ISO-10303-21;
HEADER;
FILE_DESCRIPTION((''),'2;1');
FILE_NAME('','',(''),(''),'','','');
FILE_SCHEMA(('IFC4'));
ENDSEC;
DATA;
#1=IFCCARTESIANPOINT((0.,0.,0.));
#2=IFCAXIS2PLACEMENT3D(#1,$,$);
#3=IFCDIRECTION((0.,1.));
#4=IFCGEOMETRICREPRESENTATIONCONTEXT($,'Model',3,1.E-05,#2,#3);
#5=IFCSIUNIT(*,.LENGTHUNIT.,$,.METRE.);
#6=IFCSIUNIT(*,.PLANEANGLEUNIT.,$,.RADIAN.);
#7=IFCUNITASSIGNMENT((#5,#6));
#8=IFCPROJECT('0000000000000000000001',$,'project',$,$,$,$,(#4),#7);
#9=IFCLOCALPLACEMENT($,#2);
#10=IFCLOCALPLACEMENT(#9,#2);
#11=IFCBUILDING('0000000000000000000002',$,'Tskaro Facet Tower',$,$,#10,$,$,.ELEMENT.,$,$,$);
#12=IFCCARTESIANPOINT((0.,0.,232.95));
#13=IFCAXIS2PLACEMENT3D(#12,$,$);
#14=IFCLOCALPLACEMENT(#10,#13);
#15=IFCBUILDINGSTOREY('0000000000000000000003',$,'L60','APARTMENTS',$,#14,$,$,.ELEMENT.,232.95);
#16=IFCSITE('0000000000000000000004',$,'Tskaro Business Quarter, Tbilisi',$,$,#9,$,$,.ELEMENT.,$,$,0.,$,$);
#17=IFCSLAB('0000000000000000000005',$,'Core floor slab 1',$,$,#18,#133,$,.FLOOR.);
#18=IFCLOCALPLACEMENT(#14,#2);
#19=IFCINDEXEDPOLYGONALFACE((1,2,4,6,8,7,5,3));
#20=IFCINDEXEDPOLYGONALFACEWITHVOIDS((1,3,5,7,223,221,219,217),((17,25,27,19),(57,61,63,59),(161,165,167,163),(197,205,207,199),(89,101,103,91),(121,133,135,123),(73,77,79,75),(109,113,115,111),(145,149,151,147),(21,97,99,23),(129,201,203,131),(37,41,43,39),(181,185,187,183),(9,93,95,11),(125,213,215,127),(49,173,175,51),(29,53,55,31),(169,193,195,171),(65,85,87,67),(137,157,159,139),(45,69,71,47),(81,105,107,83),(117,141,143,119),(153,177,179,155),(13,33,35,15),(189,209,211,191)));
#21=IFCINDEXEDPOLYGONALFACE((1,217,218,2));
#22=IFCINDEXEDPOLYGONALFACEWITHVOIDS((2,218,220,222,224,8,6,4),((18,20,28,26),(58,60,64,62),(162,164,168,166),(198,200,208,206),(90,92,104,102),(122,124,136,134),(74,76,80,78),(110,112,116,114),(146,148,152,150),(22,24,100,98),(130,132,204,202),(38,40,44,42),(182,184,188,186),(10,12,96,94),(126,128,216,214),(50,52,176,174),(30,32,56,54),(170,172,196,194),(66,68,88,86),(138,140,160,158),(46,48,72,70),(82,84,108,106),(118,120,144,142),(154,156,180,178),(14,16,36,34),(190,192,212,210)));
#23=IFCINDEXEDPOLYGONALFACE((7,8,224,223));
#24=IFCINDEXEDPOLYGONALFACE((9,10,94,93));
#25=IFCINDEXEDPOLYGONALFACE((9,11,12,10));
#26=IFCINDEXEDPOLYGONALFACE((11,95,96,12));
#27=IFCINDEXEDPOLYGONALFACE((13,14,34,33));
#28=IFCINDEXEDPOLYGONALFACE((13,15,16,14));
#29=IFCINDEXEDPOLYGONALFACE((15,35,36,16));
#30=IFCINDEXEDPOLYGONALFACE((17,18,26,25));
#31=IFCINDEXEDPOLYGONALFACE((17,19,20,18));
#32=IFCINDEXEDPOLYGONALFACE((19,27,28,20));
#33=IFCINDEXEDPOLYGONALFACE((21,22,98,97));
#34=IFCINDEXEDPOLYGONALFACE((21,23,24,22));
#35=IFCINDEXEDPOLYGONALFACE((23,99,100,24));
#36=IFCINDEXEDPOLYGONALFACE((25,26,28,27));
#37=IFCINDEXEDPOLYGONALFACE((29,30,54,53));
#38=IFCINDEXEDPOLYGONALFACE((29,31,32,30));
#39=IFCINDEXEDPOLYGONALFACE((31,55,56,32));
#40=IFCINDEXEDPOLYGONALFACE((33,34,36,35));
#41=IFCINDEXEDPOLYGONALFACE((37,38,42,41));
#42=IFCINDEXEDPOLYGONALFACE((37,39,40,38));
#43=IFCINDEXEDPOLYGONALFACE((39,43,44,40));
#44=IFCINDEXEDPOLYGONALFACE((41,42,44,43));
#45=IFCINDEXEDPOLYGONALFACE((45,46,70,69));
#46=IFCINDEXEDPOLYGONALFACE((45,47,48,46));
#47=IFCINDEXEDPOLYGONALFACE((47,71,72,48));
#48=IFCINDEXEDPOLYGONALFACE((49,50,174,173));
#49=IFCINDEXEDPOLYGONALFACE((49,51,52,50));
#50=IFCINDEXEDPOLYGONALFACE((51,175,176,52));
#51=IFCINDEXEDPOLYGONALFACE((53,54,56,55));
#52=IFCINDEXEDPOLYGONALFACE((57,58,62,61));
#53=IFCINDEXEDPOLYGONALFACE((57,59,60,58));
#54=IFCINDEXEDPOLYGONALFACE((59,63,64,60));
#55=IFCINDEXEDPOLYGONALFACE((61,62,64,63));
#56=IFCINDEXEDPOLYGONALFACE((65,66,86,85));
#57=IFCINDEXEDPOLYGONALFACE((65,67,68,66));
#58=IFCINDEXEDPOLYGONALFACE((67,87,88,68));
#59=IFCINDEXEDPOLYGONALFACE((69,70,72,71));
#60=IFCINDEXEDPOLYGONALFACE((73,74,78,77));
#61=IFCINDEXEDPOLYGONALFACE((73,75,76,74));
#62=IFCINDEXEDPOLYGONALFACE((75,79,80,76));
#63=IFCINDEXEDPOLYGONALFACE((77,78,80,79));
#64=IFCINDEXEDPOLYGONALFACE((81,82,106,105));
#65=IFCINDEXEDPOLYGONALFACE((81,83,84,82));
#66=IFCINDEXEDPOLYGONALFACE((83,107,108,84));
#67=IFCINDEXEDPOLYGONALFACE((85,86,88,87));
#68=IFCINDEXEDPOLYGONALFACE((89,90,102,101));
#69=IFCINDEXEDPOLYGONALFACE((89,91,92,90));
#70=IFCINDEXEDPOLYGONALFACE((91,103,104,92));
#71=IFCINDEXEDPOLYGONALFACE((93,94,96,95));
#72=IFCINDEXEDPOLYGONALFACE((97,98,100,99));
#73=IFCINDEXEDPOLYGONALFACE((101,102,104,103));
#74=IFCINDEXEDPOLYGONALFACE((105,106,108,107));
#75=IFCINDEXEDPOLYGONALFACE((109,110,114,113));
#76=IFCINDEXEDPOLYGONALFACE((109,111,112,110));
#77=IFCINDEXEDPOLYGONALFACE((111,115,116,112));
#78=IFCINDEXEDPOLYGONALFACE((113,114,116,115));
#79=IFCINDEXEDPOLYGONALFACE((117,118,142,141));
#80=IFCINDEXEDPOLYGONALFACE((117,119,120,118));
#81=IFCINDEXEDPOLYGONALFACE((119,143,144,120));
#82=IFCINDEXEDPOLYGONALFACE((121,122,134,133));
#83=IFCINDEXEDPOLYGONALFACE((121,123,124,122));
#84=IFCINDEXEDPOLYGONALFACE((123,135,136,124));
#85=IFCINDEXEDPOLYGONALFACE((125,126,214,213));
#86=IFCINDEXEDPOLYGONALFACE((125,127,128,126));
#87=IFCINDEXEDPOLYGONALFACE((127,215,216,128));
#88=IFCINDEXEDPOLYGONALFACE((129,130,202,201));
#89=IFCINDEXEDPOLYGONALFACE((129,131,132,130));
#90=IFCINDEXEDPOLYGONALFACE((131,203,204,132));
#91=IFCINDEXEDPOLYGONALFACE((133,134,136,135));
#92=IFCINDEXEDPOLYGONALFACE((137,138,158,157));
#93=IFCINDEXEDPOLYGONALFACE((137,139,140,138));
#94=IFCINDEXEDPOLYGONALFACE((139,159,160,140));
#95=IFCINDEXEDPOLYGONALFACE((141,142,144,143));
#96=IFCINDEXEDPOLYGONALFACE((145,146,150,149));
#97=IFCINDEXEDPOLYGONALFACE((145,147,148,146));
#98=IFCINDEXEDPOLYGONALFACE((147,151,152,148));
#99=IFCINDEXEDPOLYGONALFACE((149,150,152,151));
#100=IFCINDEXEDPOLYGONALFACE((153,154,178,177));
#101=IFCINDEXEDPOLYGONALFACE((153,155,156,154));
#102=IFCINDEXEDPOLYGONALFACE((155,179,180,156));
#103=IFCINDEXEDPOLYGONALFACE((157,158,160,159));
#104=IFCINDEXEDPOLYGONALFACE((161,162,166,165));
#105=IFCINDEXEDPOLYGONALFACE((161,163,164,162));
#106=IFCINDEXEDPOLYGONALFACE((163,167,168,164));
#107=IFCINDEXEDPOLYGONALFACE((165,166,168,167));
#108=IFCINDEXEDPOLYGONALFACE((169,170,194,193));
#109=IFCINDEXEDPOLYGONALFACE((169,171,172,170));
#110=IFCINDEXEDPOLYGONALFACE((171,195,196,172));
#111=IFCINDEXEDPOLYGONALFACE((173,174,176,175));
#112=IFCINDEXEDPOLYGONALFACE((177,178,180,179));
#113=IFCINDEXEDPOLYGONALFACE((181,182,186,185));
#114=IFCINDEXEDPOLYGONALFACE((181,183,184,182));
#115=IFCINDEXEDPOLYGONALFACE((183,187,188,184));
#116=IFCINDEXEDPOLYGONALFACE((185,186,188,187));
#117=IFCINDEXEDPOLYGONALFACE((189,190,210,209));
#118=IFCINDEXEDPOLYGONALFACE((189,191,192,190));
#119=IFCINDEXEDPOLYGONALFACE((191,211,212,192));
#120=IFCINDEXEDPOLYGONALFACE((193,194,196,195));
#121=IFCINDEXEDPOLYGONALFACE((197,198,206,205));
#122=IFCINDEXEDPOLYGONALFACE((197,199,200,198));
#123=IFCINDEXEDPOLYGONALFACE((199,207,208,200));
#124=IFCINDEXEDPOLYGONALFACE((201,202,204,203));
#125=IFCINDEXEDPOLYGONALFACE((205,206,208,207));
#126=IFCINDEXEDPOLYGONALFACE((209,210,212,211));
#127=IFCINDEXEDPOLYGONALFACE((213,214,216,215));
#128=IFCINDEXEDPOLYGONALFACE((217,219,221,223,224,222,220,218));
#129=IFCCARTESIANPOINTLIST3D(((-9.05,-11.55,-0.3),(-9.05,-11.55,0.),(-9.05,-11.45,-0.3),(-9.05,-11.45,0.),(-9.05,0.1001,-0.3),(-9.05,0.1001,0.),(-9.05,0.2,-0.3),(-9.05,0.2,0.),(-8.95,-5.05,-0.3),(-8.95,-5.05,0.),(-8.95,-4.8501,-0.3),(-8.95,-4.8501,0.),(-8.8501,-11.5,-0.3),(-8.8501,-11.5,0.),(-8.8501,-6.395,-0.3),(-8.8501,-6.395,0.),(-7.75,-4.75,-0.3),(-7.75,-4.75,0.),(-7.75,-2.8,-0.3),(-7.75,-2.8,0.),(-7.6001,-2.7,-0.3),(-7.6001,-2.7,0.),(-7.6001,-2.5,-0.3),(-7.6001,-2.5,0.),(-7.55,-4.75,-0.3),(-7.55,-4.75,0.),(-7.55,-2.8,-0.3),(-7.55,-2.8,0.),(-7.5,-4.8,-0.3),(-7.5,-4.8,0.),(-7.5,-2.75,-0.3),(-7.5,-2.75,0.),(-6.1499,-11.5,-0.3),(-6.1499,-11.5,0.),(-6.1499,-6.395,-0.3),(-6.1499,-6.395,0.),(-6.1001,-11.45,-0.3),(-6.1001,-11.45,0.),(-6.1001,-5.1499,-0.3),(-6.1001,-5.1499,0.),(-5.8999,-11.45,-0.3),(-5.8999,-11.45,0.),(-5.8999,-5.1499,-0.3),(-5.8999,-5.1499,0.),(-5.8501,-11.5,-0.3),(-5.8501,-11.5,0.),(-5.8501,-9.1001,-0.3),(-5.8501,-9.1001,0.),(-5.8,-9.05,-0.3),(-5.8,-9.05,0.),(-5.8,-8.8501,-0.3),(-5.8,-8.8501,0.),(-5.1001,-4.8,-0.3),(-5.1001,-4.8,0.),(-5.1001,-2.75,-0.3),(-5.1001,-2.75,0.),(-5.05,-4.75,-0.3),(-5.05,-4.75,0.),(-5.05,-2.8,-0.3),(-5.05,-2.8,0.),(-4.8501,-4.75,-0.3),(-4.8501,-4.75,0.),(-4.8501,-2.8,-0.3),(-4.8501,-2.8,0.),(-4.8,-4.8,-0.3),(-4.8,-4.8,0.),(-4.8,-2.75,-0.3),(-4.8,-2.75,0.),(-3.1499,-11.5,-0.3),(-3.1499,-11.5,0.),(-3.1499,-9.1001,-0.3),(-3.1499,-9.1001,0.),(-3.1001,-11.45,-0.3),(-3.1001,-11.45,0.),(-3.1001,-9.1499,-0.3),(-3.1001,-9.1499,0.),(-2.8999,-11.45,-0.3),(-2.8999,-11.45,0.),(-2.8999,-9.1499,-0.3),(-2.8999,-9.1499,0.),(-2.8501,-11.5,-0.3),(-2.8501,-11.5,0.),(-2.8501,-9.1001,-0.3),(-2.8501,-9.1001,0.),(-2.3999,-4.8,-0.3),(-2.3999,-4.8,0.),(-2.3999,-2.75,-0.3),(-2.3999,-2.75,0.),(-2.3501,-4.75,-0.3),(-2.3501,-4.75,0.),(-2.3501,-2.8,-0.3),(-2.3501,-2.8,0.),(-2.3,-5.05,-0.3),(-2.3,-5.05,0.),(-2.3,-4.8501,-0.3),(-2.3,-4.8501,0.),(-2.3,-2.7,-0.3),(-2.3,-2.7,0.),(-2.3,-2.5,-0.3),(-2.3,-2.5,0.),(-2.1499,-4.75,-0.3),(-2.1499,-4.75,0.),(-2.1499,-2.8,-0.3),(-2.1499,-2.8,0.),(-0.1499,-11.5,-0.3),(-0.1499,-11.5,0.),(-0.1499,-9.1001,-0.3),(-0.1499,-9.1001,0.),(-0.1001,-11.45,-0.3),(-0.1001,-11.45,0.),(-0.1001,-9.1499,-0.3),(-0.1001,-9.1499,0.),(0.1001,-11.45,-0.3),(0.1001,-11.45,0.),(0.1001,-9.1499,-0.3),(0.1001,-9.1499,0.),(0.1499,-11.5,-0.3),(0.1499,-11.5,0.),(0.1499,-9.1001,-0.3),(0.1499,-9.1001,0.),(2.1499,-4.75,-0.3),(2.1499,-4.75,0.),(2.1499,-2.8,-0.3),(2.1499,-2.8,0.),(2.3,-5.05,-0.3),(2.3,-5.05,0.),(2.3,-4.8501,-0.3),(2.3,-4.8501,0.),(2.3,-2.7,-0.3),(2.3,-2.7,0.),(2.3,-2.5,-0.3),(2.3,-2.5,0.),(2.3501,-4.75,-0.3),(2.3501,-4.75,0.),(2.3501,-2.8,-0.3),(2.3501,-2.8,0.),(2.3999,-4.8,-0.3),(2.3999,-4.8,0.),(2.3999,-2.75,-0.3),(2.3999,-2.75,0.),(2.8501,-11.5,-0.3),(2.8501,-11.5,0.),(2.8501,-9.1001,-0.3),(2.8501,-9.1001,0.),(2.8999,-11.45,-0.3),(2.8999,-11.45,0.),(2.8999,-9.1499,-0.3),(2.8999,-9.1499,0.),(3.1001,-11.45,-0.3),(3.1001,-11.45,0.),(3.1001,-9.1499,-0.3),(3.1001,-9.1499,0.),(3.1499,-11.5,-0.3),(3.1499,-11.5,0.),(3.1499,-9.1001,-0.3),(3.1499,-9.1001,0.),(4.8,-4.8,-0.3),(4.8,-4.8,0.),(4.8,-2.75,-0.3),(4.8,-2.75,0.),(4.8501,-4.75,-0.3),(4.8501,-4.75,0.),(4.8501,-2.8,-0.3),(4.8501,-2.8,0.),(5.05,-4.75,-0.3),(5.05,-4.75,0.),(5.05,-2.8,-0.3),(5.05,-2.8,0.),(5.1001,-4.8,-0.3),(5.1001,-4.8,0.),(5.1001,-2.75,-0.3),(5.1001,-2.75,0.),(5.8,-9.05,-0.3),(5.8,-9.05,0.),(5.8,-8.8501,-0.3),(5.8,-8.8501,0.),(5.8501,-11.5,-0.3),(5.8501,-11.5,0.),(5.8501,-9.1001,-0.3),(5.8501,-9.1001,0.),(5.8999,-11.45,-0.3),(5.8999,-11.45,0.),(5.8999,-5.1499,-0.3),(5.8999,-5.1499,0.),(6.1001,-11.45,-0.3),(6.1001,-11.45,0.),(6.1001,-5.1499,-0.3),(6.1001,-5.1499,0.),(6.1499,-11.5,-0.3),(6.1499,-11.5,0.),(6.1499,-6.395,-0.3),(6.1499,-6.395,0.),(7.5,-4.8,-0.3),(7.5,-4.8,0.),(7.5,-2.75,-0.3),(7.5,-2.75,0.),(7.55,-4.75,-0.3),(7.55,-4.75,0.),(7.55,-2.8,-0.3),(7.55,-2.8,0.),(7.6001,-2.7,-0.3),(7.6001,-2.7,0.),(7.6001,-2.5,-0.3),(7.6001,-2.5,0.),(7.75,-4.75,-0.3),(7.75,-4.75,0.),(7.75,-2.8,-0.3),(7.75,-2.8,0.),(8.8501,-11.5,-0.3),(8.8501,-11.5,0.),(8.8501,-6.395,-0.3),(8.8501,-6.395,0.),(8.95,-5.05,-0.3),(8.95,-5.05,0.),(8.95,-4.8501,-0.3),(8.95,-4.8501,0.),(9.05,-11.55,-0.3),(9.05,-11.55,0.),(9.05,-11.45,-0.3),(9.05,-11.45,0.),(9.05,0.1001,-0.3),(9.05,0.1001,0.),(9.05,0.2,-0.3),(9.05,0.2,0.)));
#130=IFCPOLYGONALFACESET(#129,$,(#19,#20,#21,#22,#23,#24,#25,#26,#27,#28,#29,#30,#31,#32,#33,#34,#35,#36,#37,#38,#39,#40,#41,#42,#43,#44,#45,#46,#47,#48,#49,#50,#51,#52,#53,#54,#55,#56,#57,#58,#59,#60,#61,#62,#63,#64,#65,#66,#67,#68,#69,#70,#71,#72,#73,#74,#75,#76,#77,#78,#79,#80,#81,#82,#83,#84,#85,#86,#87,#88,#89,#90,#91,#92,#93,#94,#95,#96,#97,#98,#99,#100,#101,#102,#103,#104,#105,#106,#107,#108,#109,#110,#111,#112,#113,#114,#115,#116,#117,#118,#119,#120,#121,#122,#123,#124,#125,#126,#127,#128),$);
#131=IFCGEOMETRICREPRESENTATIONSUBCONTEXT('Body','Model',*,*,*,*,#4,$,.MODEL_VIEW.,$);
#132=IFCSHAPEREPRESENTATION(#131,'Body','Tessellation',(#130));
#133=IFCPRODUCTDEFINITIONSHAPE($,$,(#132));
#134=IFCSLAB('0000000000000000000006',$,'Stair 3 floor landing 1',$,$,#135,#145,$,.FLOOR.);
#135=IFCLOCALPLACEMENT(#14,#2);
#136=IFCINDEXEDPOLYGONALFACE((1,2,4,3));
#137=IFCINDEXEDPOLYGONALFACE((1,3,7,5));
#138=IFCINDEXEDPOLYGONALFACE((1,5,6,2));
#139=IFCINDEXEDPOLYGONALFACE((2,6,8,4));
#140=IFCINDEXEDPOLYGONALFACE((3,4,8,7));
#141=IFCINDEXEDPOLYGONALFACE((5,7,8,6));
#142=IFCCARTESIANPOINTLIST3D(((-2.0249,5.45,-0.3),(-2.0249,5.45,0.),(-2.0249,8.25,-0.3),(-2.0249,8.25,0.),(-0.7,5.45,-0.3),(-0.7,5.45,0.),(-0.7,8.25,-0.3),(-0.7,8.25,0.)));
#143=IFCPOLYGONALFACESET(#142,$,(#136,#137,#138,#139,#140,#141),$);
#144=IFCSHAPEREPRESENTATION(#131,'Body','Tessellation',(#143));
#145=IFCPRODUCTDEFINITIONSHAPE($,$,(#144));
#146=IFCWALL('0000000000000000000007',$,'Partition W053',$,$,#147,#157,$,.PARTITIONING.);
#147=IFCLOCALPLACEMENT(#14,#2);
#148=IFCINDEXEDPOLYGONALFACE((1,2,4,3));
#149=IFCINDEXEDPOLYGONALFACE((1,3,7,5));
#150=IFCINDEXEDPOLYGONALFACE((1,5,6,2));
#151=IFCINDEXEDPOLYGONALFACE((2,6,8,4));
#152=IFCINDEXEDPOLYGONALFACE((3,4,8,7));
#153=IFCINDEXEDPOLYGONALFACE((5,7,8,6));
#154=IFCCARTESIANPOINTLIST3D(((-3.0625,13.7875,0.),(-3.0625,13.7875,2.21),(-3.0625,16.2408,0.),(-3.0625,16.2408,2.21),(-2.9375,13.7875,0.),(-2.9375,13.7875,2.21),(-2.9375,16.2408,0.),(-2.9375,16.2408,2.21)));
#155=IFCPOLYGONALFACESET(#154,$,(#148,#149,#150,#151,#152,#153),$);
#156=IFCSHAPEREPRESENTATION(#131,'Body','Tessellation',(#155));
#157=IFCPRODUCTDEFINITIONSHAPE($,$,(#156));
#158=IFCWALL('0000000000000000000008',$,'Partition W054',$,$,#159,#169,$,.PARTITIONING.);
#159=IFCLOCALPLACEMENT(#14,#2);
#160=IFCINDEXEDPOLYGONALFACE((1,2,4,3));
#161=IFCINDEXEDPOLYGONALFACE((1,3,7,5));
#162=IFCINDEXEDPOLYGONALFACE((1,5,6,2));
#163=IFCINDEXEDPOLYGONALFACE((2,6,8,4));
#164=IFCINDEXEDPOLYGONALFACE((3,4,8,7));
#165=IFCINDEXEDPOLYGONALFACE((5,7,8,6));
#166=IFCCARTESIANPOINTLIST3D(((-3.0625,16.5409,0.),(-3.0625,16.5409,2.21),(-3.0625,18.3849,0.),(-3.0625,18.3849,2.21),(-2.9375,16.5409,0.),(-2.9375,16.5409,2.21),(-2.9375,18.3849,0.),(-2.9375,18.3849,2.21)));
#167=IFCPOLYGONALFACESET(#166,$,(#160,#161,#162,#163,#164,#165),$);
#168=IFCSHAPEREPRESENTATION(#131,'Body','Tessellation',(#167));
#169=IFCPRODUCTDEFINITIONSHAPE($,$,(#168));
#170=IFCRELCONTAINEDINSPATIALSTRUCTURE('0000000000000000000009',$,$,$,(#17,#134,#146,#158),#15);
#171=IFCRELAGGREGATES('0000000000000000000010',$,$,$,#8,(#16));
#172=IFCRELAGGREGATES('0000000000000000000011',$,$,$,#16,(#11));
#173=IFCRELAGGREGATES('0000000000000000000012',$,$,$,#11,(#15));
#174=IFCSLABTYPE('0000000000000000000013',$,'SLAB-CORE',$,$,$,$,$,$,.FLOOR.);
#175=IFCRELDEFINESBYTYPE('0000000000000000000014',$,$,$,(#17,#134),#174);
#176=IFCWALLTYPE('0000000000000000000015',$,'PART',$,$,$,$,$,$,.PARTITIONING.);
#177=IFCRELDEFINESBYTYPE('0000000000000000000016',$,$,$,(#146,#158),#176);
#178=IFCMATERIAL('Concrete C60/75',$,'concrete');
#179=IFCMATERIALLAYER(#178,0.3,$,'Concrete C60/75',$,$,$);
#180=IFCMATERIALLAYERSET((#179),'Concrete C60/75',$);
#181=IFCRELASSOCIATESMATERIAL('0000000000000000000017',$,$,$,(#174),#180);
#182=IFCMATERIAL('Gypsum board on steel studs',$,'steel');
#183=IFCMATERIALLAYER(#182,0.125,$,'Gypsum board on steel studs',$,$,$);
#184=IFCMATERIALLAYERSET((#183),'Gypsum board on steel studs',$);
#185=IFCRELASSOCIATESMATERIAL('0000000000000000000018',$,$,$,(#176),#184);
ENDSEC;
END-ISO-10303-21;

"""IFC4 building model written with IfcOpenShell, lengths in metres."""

from ifc_helpers import new_model, si_unit, direction, frame, frame_2d, origin, place, context, subcontext, project, spatial, polyline, rectangle, outline, extrude, material, layer, layer_set, type_object, element, save


model = new_model("IFC4")

# Units and contexts
model_context = context("Model", 3, precision=1e-05, world=origin(), true_north=direction((0.0, 1.0)))
body_context = subcontext(model_context, "Body", "Model", "MODEL_VIEW")
ifc_project = project(units=[si_unit("LENGTHUNIT", "METRE"), si_unit("PLANEANGLEUNIT", "RADIAN")], contexts=[model_context])

# Site, building, storey
site_placement = place(None, origin())
site = spatial("IfcSite", under=ifc_project, at=site_placement, Name="Tskaro Business Quarter, Tbilisi", CompositionType="ELEMENT", RefElevation=0.0)
building_placement = place(site_placement, origin())
building = spatial("IfcBuilding", under=site, at=building_placement, Name="Tskaro Facet Tower", CompositionType="ELEMENT")
storey_placement = place(building_placement, frame((0.0, 0.0, 232.95)))
storey = spatial("IfcBuildingStorey", under=building, at=storey_placement, Name="L60", Description="APARTMENTS", CompositionType="ELEMENT", Elevation=232.95)

# Slabs
ifc_material_1 = material(Name="Concrete C60/75", Category="concrete")
ifc_layer_1 = layer(ifc_material_1, 0.3, Name="Concrete C60/75")
ifc_layer_set_1 = layer_set([ifc_layer_1], Name="Concrete C60/75")
slab_type_1 = type_object("IfcSlabType", Name="SLAB-CORE", PredefinedType="FLOOR", material=ifc_layer_set_1)
slab_1_placement = place(storey_placement, frame((0.0, 0.0, -0.3)))
element("IfcSlab", 1, at=slab_1_placement, inside=storey, type_object=slab_type_1, Name="Core floor slab 1", PredefinedType="FLOOR", context=body_context, shape_type="SweptSolid", body=[
    extrude(outline(polyline([(-9.05, 0.2), (9.05, 0.2), (9.05, 0.1001), (9.05, -11.45), (9.05, -11.55), (-9.05, -11.55), (-9.05, -11.45), (-9.05, 0.1001), (-9.05, 0.2)]), holes=[polyline([(-5.8501, -9.1001), (-5.8501, -11.5), (-3.1499, -11.5), (-3.1499, -9.1001), (-5.8501, -9.1001)]), polyline([(-3.1001, -11.45), (-2.8999, -11.45), (-2.8999, -9.1499), (-3.1001, -9.1499), (-3.1001, -11.45)]), polyline([(-2.8501, -9.1001), (-2.8501, -11.5), (-0.1499, -11.5), (-0.1499, -9.1001), (-2.8501, -9.1001)]), polyline([(-6.1001, -11.45), (-5.8999, -11.45), (-5.8999, -5.1499), (-6.1001, -5.1499), (-6.1001, -11.45)]), polyline([(-8.95, -5.05), (-2.3, -5.05), (-2.3, -4.8501), (-8.95, -4.8501), (-8.95, -5.05)]), polyline([(-7.75, -4.75), (-7.55, -4.75), (-7.55, -2.8), (-7.75, -2.8), (-7.75, -4.75)]), polyline([(-7.5, -2.75), (-7.5, -4.8), (-5.1001, -4.8), (-5.1001, -2.75), (-7.5, -2.75)]), polyline([(-5.05, -4.75), (-4.8501, -4.75), (-4.8501, -2.8), (-5.05, -2.8), (-5.05, -4.75)]), polyline([(-2.3999, -2.75), (-4.8, -2.75), (-4.8, -4.8), (-2.3999, -4.8), (-2.3999, -2.75)]), polyline([(-2.3501, -4.75), (-2.1499, -4.75), (-2.1499, -2.8), (-2.3501, -2.8), (-2.3501, -4.75)]), polyline([(-7.6001, -2.7), (-2.3, -2.7), (-2.3, -2.5), (-7.6001, -2.5), (-7.6001, -2.7)]), polyline([(-0.1001, -11.45), (0.1001, -11.45), (0.1001, -9.1499), (-0.1001, -9.1499), (-0.1001, -11.45)]), polyline([(0.1499, -9.1001), (0.1499, -11.5), (2.8501, -11.5), (2.8501, -9.1001), (0.1499, -9.1001)]), polyline([(2.8999, -11.45), (3.1001, -11.45), (3.1001, -9.1499), (2.8999, -9.1499), (2.8999, -11.45)]), polyline([(3.1499, -9.1001), (3.1499, -11.5), (5.8501, -11.5), (5.8501, -9.1001), (3.1499, -9.1001)]), polyline([(-5.8, -9.05), (5.8, -9.05), (5.8, -8.8501), (-5.8, -8.8501), (-5.8, -9.05)]), polyline([(5.8999, -11.45), (6.1001, -11.45), (6.1001, -5.1499), (5.8999, -5.1499), (5.8999, -11.45)]), polyline([(2.3, -5.05), (8.95, -5.05), (8.95, -4.8501), (2.3, -4.8501), (2.3, -5.05)]), polyline([(2.1499, -4.75), (2.3501, -4.75), (2.3501, -2.8), (2.1499, -2.8), (2.1499, -4.75)]), polyline([(2.3999, -4.8), (4.8, -4.8), (4.8, -2.75), (2.3999, -2.75), (2.3999, -4.8)]), polyline([(4.8501, -4.75), (5.05, -4.75), (5.05, -2.8), (4.8501, -2.8), (4.8501, -4.75)]), polyline([(5.1001, -4.8), (7.5, -4.8), (7.5, -2.75), (5.1001, -2.75), (5.1001, -4.8)]), polyline([(7.55, -4.75), (7.75, -4.75), (7.75, -2.8), (7.55, -2.8), (7.55, -4.75)]), polyline([(2.3, -2.7), (7.6001, -2.7), (7.6001, -2.5), (2.3, -2.5), (2.3, -2.7)]), polyline([(-8.8501, -11.5), (-6.1499, -11.5), (-6.1499, -6.395), (-8.8501, -6.395), (-8.8501, -11.5)]), polyline([(6.1499, -6.395), (6.1499, -11.5), (8.8501, -11.5), (8.8501, -6.395), (6.1499, -6.395)])]), origin(), (0.0, 0.0, 1.0), 0.3),
])
slab_2_placement = place(storey_placement, frame((0.0, 0.0, -0.3)))
element("IfcSlab", 2, at=slab_2_placement, inside=storey, type_object=slab_type_1, Name="Stair 3 floor landing 1", PredefinedType="FLOOR", context=body_context, shape_type="SweptSolid", body=[
    extrude(outline(polyline([(-2.0249, 5.45), (-0.7, 5.45), (-0.7, 8.25), (-2.0249, 8.25), (-2.0249, 5.45)])), origin(), (0.0, 0.0, 1.0), 0.3),
])

# Walls
ifc_material_2 = material(Name="Gypsum board on steel studs", Category="steel")
ifc_layer_2 = layer(ifc_material_2, 0.125, Name="Gypsum board on steel studs")
ifc_layer_set_2 = layer_set([ifc_layer_2], Name="Gypsum board on steel studs")
wall_type_1 = type_object("IfcWallType", Name="PART", PredefinedType="PARTITIONING", material=ifc_layer_set_2)
wall_1_placement = place(storey_placement, frame((-3.0, 13.7876, 0.0), z_axis=(0.0, 0.0, 1.0), x_axis=(0.0, 1.0, 0.0)))
element("IfcWall", 3, at=wall_1_placement, inside=storey, type_object=wall_type_1, Name="Partition W053", PredefinedType="PARTITIONING", context=body_context, shape_type="SweptSolid", body=[
    extrude(rectangle(XDim=2.4534, YDim=0.125, at=frame_2d((1.2266, 0.0))), origin(), (0.0, 0.0, 1.0), 2.21),
])
wall_2_placement = place(storey_placement, frame((-3.0, 16.541, 0.0), z_axis=(0.0, 0.0, 1.0), x_axis=(0.0, 1.0, 0.0)))
element("IfcWall", 4, at=wall_2_placement, inside=storey, type_object=wall_type_1, Name="Partition W054", PredefinedType="PARTITIONING", context=body_context, shape_type="SweptSolid", body=[
    extrude(rectangle(XDim=1.844, YDim=0.125, at=frame_2d((0.9219, 0.0))), origin(), (0.0, 0.0, 1.0), 2.21),
])

save(model, "model.ifc")
